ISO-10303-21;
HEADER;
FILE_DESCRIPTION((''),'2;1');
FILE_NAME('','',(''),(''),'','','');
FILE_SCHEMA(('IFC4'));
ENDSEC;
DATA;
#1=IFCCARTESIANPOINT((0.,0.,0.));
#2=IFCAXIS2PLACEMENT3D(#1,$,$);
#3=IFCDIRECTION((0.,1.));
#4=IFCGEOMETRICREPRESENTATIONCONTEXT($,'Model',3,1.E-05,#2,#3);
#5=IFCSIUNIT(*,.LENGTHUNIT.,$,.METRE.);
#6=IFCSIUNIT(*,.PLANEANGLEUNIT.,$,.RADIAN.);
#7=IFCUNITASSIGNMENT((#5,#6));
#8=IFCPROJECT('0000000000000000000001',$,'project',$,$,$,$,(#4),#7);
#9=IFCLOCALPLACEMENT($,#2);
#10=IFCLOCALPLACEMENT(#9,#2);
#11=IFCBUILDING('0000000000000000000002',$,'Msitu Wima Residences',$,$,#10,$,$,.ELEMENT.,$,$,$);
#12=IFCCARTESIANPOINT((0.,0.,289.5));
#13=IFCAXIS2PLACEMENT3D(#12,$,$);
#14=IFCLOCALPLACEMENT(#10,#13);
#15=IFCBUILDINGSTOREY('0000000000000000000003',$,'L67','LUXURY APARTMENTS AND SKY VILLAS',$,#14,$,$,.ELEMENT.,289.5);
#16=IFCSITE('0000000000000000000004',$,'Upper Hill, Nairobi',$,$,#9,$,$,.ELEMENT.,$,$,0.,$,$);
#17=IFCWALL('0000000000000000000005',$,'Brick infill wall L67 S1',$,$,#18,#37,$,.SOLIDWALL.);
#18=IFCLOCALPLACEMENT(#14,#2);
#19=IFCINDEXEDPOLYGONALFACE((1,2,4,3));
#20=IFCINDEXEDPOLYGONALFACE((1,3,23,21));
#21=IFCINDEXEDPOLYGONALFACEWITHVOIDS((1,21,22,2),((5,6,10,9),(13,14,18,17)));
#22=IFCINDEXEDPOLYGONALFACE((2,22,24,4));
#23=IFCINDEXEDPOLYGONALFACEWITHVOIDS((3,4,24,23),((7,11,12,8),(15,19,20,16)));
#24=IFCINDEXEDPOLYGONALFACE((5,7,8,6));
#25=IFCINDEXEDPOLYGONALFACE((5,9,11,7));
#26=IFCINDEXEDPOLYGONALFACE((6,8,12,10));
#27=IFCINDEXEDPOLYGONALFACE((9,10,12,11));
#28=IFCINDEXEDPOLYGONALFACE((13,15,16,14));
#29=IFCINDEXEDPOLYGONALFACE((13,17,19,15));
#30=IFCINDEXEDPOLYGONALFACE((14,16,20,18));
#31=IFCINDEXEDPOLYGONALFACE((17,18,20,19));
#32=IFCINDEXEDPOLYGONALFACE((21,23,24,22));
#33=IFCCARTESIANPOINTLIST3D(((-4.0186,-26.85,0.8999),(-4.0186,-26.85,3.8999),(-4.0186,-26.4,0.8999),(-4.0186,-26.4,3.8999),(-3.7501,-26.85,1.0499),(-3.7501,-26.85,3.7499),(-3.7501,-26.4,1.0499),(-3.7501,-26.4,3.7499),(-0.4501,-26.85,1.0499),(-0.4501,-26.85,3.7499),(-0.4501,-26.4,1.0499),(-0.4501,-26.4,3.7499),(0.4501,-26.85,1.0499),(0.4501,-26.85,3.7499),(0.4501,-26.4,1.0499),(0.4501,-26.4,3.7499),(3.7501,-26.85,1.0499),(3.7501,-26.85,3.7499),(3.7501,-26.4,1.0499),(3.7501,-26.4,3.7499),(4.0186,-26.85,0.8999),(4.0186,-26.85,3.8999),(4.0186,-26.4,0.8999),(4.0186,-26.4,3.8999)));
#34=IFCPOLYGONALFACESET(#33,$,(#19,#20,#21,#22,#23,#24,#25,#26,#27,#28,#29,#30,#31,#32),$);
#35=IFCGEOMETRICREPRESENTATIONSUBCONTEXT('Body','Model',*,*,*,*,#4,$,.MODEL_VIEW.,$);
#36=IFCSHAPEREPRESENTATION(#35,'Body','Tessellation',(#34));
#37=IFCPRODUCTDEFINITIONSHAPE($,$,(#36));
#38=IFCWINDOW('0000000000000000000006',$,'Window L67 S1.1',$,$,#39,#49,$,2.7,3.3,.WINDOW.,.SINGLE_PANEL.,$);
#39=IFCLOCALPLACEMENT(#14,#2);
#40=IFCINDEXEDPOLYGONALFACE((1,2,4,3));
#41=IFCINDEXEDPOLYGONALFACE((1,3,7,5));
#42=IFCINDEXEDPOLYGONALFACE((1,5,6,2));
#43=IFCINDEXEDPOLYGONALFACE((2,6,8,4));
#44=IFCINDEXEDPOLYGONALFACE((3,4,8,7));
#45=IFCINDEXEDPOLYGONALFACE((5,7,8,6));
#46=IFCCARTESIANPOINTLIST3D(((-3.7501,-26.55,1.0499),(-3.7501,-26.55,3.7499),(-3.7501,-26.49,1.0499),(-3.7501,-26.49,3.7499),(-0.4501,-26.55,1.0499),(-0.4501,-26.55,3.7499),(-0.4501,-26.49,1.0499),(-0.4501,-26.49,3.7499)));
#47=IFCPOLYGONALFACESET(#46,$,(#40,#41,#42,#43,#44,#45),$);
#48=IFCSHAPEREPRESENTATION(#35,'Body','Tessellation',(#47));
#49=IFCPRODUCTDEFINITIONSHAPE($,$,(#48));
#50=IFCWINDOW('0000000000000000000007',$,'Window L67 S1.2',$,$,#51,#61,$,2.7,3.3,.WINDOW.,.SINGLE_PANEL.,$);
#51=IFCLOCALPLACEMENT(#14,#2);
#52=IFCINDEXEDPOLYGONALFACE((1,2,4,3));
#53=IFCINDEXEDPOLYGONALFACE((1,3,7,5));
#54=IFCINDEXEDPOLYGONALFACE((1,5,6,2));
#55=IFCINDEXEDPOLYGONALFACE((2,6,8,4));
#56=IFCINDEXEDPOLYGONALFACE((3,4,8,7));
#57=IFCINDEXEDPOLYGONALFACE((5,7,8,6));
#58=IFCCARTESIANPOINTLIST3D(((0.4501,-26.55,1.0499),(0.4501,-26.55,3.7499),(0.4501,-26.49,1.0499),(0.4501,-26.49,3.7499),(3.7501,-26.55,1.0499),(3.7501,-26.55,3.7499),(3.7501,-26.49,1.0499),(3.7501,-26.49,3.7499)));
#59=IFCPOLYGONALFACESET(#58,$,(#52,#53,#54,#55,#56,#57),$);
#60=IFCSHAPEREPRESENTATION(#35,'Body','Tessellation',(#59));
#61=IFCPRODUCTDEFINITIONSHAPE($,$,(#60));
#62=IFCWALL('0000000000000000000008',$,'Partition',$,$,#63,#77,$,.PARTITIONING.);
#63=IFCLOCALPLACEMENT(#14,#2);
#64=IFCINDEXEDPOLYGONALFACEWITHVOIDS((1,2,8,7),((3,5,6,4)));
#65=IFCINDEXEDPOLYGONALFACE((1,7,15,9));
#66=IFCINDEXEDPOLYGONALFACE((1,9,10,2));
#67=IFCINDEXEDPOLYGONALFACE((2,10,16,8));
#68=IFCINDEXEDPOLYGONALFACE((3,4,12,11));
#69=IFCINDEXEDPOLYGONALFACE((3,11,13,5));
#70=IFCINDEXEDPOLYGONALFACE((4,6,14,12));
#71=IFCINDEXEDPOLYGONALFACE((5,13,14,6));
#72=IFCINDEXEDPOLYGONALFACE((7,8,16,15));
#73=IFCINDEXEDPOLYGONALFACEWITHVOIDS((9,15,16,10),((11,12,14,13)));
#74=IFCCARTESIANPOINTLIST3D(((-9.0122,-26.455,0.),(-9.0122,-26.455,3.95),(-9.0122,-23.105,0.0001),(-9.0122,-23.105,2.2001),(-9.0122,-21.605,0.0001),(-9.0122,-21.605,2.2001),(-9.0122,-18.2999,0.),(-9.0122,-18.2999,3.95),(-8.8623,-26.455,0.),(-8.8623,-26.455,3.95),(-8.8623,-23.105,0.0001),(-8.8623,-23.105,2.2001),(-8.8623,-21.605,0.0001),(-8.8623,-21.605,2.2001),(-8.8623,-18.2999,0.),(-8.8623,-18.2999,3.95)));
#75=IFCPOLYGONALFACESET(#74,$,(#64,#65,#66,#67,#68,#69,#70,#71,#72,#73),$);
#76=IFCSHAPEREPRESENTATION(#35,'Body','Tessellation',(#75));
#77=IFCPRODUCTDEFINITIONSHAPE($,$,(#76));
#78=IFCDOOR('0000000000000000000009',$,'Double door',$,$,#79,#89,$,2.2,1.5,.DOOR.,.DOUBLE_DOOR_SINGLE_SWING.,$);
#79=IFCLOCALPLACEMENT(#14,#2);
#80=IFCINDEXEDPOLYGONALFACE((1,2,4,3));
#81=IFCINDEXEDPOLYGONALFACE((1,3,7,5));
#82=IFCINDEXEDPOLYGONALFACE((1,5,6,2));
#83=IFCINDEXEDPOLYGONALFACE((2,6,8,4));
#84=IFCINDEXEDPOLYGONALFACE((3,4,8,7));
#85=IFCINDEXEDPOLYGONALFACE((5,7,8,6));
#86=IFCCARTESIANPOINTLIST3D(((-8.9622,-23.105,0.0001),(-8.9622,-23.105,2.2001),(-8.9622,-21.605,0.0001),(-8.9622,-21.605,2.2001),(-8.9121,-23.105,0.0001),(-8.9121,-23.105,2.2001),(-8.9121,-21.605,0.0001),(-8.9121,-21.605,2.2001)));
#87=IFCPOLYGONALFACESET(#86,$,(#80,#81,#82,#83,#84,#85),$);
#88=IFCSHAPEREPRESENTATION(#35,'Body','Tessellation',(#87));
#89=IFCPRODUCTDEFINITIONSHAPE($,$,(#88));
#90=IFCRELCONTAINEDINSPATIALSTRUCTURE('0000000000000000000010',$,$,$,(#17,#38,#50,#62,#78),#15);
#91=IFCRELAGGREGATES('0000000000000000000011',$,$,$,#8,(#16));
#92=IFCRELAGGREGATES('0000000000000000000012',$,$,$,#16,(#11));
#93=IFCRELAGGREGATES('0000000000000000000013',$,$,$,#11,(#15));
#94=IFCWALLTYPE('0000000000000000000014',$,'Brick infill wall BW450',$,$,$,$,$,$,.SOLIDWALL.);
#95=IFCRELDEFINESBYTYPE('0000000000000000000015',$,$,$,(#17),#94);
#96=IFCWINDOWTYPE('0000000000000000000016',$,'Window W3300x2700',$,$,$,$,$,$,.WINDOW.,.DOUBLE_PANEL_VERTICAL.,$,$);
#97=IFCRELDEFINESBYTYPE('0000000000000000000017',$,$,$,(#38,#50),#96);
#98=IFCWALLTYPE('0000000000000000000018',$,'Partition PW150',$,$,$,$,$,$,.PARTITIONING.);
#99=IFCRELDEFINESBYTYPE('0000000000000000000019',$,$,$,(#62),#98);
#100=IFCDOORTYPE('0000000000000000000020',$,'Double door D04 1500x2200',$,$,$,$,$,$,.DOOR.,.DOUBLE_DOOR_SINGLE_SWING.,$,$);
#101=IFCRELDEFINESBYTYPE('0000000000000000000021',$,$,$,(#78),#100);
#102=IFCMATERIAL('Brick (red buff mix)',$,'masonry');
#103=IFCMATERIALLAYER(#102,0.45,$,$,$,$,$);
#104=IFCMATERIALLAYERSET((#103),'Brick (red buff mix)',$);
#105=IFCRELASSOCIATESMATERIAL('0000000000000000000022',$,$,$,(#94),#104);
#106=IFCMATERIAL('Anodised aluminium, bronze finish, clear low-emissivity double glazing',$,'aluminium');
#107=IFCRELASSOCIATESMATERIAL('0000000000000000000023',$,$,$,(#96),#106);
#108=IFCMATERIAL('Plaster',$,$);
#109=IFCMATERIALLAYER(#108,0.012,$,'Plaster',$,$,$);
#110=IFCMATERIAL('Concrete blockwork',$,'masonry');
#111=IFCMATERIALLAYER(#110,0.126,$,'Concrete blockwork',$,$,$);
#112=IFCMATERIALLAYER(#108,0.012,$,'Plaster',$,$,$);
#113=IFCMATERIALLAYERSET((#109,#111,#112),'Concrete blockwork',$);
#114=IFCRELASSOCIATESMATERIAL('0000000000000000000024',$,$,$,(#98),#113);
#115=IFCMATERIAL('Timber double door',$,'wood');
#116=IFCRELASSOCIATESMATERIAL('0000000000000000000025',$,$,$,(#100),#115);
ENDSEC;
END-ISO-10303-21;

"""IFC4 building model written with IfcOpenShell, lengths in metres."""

from ifc_helpers import new_model, si_unit, direction, frame, frame_2d, origin, place, context, subcontext, project, spatial, rectangle, extrude, material, layer, layer_set, type_object, element, fill, save


model = new_model("IFC4")

# Units and contexts
model_context = context("Model", 3, precision=1e-05, world=origin(), true_north=direction((0.0, 1.0)))
body_context = subcontext(model_context, "Body", "Model", "MODEL_VIEW")
ifc_project = project(units=[si_unit("LENGTHUNIT", "METRE"), si_unit("PLANEANGLEUNIT", "RADIAN")], contexts=[model_context])

# Site, building, storey
site_placement = place(None, origin())
site = spatial("IfcSite", under=ifc_project, at=site_placement, Name="Upper Hill, Nairobi", CompositionType="ELEMENT", RefElevation=0.0)
building_placement = place(site_placement, origin())
building = spatial("IfcBuilding", under=site, at=building_placement, Name="Msitu Wima Residences", CompositionType="ELEMENT")
storey_placement = place(building_placement, frame((0.0, 0.0, 289.5)))
storey = spatial("IfcBuildingStorey", under=building, at=storey_placement, Name="L67", Description="LUXURY APARTMENTS AND SKY VILLAS", CompositionType="ELEMENT", Elevation=289.5)

# Shared definitions
ifc_material_1 = material(Name="Brick (red buff mix)", Category="masonry")
ifc_layer_1 = layer(ifc_material_1, 0.45)
ifc_layer_set_1 = layer_set([ifc_layer_1], Name="Brick (red buff mix)")
wall_type_1 = type_object("IfcWallType", Name="Brick infill wall BW450", PredefinedType="SOLIDWALL", material=ifc_layer_set_1)
ifc_material_2 = material(Name="Anodised aluminium, bronze finish, clear low-emissivity double glazing", Category="aluminium")
window_type = type_object("IfcWindowType", Name="Window W3300x2700", PartitioningType="DOUBLE_PANEL_VERTICAL", PredefinedType="WINDOW", material=ifc_material_2)

# Wall, openings, windows
wall_1_placement = place(storey_placement, frame((-4.0186, -26.625, 0.8999), z_axis=(0.0, 0.0, 1.0), x_axis=(1.0, 0.0, 0.0)))
wall_1 = element("IfcWall", 1, at=wall_1_placement, inside=storey, type_object=wall_type_1, Name="Brick infill wall L67 S1", PredefinedType="SOLIDWALL", context=body_context, shape_type="SweptSolid", body=[
    extrude(rectangle(XDim=8.0371, YDim=0.45, at=frame_2d((4.0186, 0.0))), origin(), (0.0, 0.0, 1.0), 3.0),
])
opening_1_placement = place(wall_1_placement, frame((0.2686, 0.0, 0.1499)))
opening_1 = element("IfcOpeningElement", 2, at=opening_1_placement, cuts=wall_1, PredefinedType="OPENING", context=body_context, shape_type="SweptSolid", body=[
    extrude(rectangle(XDim=3.3, YDim=2.7, at=frame_2d((1.6499, 1.3501))), frame((0.0, 0.2349, 0.0), z_axis=(0.0, -1.0, 0.0), x_axis=(1.0, 0.0, 0.0)), (0.0, 0.0, 1.0), 0.47),
])
opening_2_placement = place(wall_1_placement, frame((4.4688, 0.0, 0.1499)))
opening_2 = element("IfcOpeningElement", 3, at=opening_2_placement, cuts=wall_1, PredefinedType="OPENING", context=body_context, shape_type="SweptSolid", body=[
    extrude(rectangle(XDim=3.3, YDim=2.7, at=frame_2d((1.6499, 1.3501))), frame((0.0, 0.2349, 0.0), z_axis=(0.0, -1.0, 0.0), x_axis=(1.0, 0.0, 0.0)), (0.0, 0.0, 1.0), 0.47),
])
window_1_placement = place(opening_1_placement, origin())
window_1 = element("IfcWindow", 4, at=window_1_placement, inside=storey, type_object=window_type, Name="Window L67 S1.1", OverallHeight=2.7, OverallWidth=3.3, PartitioningType="SINGLE_PANEL", PredefinedType="WINDOW", context=body_context, shape_type="SweptSolid", body=[
    extrude(rectangle(XDim=3.3, YDim=2.7, at=frame_2d((1.6499, 1.3501))), frame((0.0, 0.135, 0.0), z_axis=(0.0, -1.0, 0.0), x_axis=(1.0, 0.0, 0.0)), (0.0, 0.0, 1.0), 0.0601),
])
fill(opening_1, window_1)
window_2_placement = place(opening_2_placement, origin())
window_2 = element("IfcWindow", 5, at=window_2_placement, inside=storey, type_object=window_type, Name="Window L67 S1.2", OverallHeight=2.7, OverallWidth=3.3, PartitioningType="SINGLE_PANEL", PredefinedType="WINDOW", context=body_context, shape_type="SweptSolid", body=[
    extrude(rectangle(XDim=3.3, YDim=2.7, at=frame_2d((1.6499, 1.3501))), frame((0.0, 0.135, 0.0), z_axis=(0.0, -1.0, 0.0), x_axis=(1.0, 0.0, 0.0)), (0.0, 0.0, 1.0), 0.0601),
])
fill(opening_2, window_2)

# Wall, opening, door
ifc_material_3 = material(Name="Plaster")
ifc_layer_2 = layer(ifc_material_3, 0.012, Name="Plaster")
ifc_material_4 = material(Name="Concrete blockwork", Category="masonry")
ifc_layer_3 = layer(ifc_material_4, 0.126, Name="Concrete blockwork")
ifc_layer_4 = layer(ifc_material_3, 0.012, Name="Plaster")
ifc_layer_set_2 = layer_set([ifc_layer_2, ifc_layer_3, ifc_layer_4], Name="Concrete blockwork")
wall_type_2 = type_object("IfcWallType", Name="Partition PW150", PredefinedType="PARTITIONING", material=ifc_layer_set_2)
wall_2_placement = place(storey_placement, frame((-8.9373, -26.4551, 0.0), z_axis=(0.0, 0.0, 1.0), x_axis=(0.0, 1.0, 0.0)))
wall_2 = element("IfcWall", 6, at=wall_2_placement, inside=storey, type_object=wall_type_2, Name="Partition", PredefinedType="PARTITIONING", context=body_context, shape_type="SweptSolid", body=[
    extrude(rectangle(XDim=8.155, YDim=0.1499, at=frame_2d((4.0776, 0.0))), origin(), (0.0, 0.0, 1.0), 3.95),
])
opening_3_placement = place(wall_2_placement, frame((3.3501, 0.0, 0.0)))
opening_3 = element("IfcOpeningElement", 7, at=opening_3_placement, cuts=wall_2, PredefinedType="OPENING", context=body_context, shape_type="SweptSolid", body=[
    extrude(rectangle(XDim=1.5, YDim=2.2, at=frame_2d((0.75, 1.1001))), frame((0.0, 0.085, 0.0), z_axis=(0.0, -1.0, 0.0), x_axis=(1.0, 0.0, 0.0)), (0.0, 0.0, 1.0), 0.1699),
])
ifc_material_5 = material(Name="Timber double door", Category="wood")
door_type_1 = type_object("IfcDoorType", Name="Double door D04 1500x2200", OperationType="DOUBLE_DOOR_SINGLE_SWING", PredefinedType="DOOR", material=ifc_material_5)
door_1_placement = place(opening_3_placement, origin())
door_1 = element("IfcDoor", 8, at=door_1_placement, inside=storey, type_object=door_type_1, Name="Double door", OperationType="DOUBLE_DOOR_SINGLE_SWING", OverallHeight=2.2, OverallWidth=1.5, PredefinedType="DOOR", context=body_context, shape_type="SweptSolid", body=[
    extrude(rectangle(XDim=1.5, YDim=2.2, at=frame_2d((0.75, 1.1001))), frame((0.0, 0.0249, 0.0), z_axis=(0.0, -1.0, 0.0), x_axis=(1.0, 0.0, 0.0)), (0.0, 0.0, 1.0), 0.05),
])
fill(opening_3, door_1)

save(model, "model.ifc")
